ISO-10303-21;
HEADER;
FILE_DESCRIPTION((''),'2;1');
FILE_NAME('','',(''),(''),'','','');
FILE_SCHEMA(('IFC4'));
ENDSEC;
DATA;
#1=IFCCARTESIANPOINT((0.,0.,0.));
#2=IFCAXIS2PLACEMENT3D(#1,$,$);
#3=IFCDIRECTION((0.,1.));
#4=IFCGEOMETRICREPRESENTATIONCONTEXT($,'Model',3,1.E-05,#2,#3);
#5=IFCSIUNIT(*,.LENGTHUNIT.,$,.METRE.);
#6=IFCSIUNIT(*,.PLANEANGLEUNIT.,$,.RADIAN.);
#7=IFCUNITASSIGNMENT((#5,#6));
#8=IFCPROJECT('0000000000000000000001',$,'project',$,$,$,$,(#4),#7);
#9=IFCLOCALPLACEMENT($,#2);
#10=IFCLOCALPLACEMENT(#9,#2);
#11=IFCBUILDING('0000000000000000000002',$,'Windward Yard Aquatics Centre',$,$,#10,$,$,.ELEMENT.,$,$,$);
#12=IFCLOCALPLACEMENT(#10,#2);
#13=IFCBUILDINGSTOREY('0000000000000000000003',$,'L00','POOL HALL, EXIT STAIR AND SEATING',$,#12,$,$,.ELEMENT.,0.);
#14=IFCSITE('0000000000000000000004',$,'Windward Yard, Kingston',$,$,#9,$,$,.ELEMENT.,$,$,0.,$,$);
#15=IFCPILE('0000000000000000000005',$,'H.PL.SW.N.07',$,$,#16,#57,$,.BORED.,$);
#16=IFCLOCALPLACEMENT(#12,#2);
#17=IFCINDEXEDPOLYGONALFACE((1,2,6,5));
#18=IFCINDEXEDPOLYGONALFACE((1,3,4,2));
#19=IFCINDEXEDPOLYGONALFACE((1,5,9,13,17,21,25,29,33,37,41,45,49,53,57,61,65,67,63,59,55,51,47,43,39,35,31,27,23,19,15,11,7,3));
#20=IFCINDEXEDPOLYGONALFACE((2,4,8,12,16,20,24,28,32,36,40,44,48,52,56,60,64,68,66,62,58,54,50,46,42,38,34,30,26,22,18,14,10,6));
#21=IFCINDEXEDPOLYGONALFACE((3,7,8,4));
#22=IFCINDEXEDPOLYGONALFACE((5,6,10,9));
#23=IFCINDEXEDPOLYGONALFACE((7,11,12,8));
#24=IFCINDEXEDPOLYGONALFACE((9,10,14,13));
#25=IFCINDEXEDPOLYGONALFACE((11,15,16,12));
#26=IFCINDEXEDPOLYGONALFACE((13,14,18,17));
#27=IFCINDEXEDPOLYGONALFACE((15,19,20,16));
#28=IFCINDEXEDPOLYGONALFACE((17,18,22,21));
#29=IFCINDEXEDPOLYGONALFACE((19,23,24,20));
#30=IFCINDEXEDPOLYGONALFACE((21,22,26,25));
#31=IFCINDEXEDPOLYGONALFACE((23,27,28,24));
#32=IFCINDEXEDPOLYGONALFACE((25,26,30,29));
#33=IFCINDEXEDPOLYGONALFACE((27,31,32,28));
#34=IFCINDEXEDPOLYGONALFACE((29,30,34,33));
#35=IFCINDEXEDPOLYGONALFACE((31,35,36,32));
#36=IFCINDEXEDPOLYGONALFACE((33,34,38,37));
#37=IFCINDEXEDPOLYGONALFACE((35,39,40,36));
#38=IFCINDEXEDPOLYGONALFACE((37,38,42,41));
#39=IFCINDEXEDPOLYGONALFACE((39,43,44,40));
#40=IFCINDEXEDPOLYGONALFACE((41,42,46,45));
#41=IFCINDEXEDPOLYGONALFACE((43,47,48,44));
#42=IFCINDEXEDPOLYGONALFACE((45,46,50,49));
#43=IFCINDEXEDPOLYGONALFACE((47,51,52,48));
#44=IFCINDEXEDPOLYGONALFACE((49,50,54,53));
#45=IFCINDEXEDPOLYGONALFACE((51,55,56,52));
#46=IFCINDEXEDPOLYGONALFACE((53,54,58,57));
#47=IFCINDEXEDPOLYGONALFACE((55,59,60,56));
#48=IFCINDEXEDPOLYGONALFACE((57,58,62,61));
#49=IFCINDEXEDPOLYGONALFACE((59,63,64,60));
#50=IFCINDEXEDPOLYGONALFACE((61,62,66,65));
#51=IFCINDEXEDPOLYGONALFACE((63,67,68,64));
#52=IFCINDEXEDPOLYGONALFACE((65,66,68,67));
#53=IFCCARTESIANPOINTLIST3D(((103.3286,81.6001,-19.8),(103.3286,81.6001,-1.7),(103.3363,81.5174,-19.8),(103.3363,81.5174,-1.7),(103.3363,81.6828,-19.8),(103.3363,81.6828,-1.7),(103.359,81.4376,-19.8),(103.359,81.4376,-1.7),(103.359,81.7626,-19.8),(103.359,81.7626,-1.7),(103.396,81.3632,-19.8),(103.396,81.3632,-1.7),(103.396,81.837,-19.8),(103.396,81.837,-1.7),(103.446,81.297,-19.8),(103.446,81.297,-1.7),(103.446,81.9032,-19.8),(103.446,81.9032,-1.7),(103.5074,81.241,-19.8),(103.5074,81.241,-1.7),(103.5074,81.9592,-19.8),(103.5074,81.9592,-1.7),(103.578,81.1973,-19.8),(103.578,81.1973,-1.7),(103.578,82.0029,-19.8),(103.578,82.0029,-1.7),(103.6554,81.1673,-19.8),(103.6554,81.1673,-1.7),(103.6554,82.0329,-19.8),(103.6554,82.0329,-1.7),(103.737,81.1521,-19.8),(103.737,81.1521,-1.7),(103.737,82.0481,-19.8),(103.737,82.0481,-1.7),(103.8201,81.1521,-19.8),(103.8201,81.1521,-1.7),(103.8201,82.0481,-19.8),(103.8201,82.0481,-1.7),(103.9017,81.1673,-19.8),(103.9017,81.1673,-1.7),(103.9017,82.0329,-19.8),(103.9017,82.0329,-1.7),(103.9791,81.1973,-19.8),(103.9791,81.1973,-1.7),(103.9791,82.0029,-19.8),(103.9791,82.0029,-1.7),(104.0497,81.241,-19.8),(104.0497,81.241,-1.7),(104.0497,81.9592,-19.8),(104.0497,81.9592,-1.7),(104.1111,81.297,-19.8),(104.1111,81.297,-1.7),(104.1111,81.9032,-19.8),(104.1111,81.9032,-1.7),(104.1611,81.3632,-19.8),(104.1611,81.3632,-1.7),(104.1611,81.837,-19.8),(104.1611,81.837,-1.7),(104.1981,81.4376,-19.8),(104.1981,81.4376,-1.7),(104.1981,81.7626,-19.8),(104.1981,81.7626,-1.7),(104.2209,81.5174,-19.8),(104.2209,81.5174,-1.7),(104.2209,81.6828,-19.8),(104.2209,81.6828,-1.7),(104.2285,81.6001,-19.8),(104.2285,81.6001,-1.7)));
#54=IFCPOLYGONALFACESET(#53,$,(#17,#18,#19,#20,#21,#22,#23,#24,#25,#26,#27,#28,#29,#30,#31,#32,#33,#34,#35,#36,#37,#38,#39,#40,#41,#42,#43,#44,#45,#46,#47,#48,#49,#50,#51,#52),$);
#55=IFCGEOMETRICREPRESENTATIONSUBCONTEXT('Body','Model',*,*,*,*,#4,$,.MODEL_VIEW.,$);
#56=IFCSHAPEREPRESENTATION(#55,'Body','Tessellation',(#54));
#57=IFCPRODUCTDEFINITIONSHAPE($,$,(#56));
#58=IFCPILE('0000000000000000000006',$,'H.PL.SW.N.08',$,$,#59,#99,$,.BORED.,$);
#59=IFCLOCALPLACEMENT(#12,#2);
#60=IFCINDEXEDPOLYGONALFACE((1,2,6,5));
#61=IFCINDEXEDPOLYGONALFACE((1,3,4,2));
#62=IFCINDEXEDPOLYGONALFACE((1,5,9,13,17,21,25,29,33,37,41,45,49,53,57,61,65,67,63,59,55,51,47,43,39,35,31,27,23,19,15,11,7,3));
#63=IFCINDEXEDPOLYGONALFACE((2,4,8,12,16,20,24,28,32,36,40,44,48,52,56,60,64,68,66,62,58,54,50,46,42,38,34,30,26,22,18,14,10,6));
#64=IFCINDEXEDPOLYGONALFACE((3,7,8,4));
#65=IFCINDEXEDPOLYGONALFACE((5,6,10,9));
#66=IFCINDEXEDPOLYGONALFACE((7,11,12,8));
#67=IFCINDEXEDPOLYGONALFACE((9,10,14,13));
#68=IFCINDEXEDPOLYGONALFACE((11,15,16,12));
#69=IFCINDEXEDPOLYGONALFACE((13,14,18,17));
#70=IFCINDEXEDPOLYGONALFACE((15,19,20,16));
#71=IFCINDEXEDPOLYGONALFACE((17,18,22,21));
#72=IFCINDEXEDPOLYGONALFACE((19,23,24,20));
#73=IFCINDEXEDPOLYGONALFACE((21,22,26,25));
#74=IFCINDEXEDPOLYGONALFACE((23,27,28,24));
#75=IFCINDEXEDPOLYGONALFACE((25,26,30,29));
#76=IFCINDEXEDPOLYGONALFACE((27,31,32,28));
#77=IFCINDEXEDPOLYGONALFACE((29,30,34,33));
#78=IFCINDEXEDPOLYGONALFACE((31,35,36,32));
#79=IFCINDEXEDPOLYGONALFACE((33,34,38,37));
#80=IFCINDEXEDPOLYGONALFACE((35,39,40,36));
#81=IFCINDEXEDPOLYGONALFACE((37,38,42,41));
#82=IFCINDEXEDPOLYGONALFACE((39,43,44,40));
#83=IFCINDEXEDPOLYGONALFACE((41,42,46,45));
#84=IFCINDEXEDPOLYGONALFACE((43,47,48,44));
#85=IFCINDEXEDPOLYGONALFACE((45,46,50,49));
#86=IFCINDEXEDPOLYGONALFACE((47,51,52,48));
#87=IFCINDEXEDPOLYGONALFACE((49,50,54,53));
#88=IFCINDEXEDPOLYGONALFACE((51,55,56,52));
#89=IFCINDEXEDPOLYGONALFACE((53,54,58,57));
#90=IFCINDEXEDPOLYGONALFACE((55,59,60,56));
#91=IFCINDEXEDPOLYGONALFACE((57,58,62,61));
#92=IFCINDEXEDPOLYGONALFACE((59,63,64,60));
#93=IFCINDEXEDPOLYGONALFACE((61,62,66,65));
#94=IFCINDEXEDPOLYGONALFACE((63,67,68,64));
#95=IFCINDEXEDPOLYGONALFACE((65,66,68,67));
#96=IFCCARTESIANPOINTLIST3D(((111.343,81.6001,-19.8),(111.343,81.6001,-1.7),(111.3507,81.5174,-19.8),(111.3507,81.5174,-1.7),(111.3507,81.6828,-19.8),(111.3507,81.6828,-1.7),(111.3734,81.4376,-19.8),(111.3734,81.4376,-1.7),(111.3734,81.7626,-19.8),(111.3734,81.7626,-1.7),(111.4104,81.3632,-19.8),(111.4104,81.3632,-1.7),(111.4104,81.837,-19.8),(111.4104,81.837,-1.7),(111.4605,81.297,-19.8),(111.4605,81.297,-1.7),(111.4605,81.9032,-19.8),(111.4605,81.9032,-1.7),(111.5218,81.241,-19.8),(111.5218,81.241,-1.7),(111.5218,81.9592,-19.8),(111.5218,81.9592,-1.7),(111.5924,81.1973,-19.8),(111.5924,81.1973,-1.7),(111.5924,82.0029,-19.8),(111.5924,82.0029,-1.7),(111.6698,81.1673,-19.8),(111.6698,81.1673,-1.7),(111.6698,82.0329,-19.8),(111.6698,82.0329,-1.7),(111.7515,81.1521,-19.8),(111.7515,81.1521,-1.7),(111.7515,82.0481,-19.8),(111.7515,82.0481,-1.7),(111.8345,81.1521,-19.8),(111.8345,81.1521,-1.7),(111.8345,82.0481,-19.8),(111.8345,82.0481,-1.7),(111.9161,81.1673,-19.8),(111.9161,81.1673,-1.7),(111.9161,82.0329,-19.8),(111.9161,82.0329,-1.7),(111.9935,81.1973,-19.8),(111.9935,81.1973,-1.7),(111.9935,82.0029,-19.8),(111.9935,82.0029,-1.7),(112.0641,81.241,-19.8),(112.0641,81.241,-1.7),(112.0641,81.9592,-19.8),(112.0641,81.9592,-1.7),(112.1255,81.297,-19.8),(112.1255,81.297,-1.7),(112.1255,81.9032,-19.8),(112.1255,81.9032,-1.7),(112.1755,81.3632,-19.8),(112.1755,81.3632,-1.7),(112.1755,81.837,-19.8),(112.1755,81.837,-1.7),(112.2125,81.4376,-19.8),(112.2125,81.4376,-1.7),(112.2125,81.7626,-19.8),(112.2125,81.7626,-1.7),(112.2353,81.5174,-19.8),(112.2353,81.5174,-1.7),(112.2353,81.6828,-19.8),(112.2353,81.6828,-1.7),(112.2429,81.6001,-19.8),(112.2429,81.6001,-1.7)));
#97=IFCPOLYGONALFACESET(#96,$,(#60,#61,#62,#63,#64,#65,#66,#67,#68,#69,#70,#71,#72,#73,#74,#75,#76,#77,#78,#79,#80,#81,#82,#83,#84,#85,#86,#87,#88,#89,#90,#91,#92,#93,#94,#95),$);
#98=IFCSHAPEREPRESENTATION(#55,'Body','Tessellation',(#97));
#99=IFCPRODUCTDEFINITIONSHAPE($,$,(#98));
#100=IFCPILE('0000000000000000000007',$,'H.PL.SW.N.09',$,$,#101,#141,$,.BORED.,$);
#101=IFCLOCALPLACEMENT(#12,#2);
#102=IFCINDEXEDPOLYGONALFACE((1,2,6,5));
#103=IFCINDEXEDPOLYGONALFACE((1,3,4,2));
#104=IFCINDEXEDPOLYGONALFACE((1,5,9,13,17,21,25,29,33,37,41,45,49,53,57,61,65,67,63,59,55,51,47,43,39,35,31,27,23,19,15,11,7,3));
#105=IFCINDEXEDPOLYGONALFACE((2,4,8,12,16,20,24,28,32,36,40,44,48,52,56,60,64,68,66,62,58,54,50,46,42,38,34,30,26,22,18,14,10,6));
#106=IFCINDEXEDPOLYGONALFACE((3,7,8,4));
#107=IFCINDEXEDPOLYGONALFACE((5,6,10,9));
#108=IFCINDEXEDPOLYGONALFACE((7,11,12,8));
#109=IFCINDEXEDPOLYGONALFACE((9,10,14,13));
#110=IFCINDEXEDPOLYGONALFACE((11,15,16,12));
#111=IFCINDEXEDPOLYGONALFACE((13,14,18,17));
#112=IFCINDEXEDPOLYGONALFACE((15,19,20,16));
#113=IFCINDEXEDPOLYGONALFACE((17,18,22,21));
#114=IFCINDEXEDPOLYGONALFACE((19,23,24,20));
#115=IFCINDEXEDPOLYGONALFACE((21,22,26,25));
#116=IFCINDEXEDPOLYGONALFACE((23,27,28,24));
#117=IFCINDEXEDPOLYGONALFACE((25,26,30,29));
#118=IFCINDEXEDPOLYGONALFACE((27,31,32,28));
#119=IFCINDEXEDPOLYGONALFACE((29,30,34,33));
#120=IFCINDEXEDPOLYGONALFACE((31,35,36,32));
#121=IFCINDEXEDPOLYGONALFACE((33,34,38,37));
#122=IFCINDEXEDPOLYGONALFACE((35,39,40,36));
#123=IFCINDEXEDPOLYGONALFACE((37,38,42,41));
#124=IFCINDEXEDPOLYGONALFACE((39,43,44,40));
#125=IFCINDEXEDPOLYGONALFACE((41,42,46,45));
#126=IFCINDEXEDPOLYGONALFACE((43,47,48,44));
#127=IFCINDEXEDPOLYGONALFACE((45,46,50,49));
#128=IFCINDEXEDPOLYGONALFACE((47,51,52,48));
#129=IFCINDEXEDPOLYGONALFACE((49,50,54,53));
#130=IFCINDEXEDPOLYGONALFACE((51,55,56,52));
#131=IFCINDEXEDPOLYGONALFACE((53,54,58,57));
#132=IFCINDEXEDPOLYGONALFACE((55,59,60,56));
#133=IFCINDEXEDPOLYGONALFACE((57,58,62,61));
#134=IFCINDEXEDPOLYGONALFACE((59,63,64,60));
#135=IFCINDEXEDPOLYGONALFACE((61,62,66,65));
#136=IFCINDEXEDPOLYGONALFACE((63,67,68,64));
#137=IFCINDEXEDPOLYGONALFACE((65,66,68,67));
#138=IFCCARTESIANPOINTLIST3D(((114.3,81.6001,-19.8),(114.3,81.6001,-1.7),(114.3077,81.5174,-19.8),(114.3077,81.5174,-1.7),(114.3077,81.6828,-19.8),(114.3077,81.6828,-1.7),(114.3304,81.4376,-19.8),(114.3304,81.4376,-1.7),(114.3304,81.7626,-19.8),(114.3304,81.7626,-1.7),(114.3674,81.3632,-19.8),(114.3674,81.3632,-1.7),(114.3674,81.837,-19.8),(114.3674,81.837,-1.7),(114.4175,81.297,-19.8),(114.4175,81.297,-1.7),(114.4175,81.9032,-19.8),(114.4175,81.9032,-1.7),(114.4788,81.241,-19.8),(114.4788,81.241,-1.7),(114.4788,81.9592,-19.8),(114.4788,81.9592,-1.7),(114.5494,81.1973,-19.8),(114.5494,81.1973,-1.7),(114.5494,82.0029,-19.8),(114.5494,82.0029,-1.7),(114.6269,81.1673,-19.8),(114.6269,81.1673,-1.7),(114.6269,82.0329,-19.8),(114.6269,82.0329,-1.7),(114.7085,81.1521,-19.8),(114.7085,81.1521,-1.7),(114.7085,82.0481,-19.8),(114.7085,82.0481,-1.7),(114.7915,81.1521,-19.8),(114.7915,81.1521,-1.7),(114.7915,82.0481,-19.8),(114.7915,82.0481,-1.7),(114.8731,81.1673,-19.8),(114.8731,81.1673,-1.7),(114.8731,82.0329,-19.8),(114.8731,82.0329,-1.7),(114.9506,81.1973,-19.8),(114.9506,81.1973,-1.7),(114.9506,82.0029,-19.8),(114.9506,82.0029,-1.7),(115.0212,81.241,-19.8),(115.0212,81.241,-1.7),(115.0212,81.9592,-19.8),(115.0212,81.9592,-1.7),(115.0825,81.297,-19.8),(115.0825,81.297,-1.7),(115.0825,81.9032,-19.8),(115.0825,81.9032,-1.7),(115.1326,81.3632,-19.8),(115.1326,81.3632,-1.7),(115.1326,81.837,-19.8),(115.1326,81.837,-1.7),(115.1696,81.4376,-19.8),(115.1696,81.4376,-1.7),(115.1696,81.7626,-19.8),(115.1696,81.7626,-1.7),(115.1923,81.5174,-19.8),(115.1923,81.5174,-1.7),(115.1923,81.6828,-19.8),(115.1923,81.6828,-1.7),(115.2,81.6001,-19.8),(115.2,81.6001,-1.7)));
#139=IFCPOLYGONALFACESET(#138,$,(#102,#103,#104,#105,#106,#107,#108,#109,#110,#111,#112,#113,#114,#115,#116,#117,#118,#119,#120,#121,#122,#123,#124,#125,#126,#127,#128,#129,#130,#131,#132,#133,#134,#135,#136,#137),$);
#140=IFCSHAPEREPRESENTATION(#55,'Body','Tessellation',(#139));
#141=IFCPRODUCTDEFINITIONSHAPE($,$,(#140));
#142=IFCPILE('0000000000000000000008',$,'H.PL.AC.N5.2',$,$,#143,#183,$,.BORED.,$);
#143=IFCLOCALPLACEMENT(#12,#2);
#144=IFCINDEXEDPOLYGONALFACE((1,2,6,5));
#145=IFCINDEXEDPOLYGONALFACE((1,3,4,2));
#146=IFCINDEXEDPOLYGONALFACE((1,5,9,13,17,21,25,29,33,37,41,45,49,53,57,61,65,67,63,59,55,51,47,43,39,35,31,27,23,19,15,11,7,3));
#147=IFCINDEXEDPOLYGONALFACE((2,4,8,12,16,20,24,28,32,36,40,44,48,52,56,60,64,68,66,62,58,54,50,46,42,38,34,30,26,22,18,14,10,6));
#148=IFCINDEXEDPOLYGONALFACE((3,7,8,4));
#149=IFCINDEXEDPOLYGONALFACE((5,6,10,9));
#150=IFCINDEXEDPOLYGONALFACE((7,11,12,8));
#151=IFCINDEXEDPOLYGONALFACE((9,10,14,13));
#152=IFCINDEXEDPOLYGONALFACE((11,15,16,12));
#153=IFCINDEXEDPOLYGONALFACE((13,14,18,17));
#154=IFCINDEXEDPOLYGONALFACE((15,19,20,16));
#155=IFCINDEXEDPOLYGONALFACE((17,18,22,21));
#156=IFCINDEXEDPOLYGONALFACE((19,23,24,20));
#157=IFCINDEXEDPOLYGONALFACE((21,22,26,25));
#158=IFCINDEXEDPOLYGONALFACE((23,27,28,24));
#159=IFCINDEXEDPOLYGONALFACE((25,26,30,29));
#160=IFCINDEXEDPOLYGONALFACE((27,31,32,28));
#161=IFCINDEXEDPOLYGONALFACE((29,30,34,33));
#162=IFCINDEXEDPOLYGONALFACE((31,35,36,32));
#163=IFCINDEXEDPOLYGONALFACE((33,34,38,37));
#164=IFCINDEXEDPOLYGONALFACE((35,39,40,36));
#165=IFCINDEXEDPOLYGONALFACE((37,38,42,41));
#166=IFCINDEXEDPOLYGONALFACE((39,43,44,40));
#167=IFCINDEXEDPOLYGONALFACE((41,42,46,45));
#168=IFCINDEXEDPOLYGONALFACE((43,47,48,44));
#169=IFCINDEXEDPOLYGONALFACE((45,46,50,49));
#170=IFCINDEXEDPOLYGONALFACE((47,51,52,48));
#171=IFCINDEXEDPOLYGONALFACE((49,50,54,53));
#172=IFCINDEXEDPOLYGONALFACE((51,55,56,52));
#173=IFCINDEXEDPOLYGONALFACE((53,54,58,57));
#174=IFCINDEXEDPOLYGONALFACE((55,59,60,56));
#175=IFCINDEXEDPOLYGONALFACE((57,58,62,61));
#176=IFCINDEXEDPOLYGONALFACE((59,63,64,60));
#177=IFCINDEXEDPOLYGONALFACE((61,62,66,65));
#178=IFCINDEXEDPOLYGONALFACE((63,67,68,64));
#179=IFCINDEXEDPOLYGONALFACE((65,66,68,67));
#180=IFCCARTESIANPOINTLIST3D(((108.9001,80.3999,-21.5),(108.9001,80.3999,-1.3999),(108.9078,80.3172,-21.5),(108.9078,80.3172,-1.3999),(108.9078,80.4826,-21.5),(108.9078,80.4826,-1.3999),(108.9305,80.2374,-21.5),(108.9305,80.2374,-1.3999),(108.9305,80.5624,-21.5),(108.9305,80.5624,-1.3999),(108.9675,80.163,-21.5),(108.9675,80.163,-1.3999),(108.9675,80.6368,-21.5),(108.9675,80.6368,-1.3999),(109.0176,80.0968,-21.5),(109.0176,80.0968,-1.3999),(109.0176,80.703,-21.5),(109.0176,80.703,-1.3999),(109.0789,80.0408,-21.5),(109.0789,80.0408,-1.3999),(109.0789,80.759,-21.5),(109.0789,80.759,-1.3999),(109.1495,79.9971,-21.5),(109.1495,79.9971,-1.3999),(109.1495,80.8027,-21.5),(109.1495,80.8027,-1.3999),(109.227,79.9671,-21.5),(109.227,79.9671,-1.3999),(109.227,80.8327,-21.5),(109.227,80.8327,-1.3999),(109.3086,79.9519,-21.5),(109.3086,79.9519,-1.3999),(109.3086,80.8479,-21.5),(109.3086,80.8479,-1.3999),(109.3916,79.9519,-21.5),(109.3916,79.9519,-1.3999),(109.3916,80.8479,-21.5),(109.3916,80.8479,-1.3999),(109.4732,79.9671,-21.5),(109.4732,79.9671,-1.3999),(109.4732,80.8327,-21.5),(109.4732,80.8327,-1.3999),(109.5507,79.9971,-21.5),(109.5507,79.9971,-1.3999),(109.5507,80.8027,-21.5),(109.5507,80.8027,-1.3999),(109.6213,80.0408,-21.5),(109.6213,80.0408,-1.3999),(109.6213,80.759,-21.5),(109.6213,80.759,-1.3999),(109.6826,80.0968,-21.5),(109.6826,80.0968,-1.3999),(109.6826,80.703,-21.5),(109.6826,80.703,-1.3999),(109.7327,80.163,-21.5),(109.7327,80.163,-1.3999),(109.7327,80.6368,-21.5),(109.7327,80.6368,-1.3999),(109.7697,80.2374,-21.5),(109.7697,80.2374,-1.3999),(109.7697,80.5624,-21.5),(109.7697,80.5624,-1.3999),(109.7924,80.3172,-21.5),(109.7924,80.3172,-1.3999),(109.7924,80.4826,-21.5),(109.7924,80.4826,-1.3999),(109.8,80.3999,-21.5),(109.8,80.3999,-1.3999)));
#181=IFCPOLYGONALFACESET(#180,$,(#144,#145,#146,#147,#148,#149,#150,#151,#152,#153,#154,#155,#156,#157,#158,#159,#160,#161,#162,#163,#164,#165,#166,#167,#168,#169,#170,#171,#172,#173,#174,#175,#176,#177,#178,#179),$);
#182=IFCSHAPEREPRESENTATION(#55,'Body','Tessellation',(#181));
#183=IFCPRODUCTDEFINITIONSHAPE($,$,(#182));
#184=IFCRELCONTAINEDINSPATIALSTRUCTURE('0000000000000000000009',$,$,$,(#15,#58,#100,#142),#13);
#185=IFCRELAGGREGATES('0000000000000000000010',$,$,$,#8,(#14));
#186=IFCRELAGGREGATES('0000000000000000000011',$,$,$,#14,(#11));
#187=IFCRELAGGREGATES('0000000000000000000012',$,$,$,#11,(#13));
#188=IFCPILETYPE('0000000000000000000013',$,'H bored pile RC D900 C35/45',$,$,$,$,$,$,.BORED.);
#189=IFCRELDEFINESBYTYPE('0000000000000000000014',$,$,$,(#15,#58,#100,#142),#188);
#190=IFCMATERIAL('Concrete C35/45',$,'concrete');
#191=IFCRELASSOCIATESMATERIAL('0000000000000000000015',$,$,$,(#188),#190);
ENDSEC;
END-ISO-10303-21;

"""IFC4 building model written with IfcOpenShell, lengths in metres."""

from ifc_helpers import new_model, si_unit, direction, frame, origin, origin_2d, place, context, subcontext, project, spatial, circle, extrude, material, material_profile, profile_set, type_object, element, save


model = new_model("IFC4")

# Units and contexts
model_context = context("Model", 3, precision=1e-05, world=origin(), true_north=direction((0.0, 1.0)))
body_context = subcontext(model_context, "Body", "Model", "MODEL_VIEW")
ifc_project = project(units=[si_unit("LENGTHUNIT", "METRE"), si_unit("PLANEANGLEUNIT", "RADIAN")], contexts=[model_context])

# Site, building, storey
site_placement = place(None, origin())
site = spatial("IfcSite", under=ifc_project, at=site_placement, Name="Windward Yard, Kingston", CompositionType="ELEMENT", RefElevation=0.0)
building_placement = place(site_placement, origin())
building = spatial("IfcBuilding", under=site, at=building_placement, Name="Windward Yard Aquatics Centre", CompositionType="ELEMENT")
storey_placement = place(building_placement, origin())
storey = spatial("IfcBuildingStorey", under=building, at=storey_placement, Name="L00", Description="POOL HALL, EXIT STAIR AND SEATING", CompositionType="ELEMENT", Elevation=0.0)

# Piles
ifc_material_1 = material(Name="Concrete C35/45", Category="concrete")
ifc_material_profile_1 = material_profile(ifc_material_1, circle(Radius=0.45, at=origin_2d()), Name="RC D900")
ifc_profile_set_1 = profile_set([ifc_material_profile_1], Name="Concrete C35/45")
pile_type = type_object("IfcPileType", Name="H bored pile RC D900 C35/45", PredefinedType="BORED", material=ifc_profile_set_1)
for number, where, z_axis, x_axis, name in (
    (1, (103.7786, 81.6001, -1.7), (0.0, 0.0, -1.0), (1.0, 0.0, 0.0), "H.PL.SW.N.07"),
    (2, (111.793, 81.6001, -1.7), (0.0, 0.0, -1.0), (1.0, 0.0, 0.0), "H.PL.SW.N.08"),
    (3, (114.75, 81.6001, -1.7), (0.0, 0.0, -1.0), (1.0, 0.0, 0.0), "H.PL.SW.N.09"),
):
    element("IfcPile", number, at=place(storey_placement, frame(where, z_axis=z_axis, x_axis=x_axis)), inside=storey, type_object=pile_type, Name=name, PredefinedType="BORED", context=body_context, shape_type="SweptSolid", body=[
        extrude(circle(Radius=0.45, at=origin_2d()), origin(), (0.0, 0.0, 1.0), 18.1001),
    ])
for number, where, z_axis, x_axis, name in (
    (4, (109.3501, 80.3999, -1.3999), (0.0, 0.0, -1.0), (1.0, 0.0, 0.0), "H.PL.AC.N5.2"),
):
    element("IfcPile", number, at=place(storey_placement, frame(where, z_axis=z_axis, x_axis=x_axis)), inside=storey, type_object=pile_type, Name=name, PredefinedType="BORED", context=body_context, shape_type="SweptSolid", body=[
        extrude(circle(Radius=0.45, at=origin_2d()), origin(), (0.0, 0.0, 1.0), 20.1001),
    ])

save(model, "model.ifc")
